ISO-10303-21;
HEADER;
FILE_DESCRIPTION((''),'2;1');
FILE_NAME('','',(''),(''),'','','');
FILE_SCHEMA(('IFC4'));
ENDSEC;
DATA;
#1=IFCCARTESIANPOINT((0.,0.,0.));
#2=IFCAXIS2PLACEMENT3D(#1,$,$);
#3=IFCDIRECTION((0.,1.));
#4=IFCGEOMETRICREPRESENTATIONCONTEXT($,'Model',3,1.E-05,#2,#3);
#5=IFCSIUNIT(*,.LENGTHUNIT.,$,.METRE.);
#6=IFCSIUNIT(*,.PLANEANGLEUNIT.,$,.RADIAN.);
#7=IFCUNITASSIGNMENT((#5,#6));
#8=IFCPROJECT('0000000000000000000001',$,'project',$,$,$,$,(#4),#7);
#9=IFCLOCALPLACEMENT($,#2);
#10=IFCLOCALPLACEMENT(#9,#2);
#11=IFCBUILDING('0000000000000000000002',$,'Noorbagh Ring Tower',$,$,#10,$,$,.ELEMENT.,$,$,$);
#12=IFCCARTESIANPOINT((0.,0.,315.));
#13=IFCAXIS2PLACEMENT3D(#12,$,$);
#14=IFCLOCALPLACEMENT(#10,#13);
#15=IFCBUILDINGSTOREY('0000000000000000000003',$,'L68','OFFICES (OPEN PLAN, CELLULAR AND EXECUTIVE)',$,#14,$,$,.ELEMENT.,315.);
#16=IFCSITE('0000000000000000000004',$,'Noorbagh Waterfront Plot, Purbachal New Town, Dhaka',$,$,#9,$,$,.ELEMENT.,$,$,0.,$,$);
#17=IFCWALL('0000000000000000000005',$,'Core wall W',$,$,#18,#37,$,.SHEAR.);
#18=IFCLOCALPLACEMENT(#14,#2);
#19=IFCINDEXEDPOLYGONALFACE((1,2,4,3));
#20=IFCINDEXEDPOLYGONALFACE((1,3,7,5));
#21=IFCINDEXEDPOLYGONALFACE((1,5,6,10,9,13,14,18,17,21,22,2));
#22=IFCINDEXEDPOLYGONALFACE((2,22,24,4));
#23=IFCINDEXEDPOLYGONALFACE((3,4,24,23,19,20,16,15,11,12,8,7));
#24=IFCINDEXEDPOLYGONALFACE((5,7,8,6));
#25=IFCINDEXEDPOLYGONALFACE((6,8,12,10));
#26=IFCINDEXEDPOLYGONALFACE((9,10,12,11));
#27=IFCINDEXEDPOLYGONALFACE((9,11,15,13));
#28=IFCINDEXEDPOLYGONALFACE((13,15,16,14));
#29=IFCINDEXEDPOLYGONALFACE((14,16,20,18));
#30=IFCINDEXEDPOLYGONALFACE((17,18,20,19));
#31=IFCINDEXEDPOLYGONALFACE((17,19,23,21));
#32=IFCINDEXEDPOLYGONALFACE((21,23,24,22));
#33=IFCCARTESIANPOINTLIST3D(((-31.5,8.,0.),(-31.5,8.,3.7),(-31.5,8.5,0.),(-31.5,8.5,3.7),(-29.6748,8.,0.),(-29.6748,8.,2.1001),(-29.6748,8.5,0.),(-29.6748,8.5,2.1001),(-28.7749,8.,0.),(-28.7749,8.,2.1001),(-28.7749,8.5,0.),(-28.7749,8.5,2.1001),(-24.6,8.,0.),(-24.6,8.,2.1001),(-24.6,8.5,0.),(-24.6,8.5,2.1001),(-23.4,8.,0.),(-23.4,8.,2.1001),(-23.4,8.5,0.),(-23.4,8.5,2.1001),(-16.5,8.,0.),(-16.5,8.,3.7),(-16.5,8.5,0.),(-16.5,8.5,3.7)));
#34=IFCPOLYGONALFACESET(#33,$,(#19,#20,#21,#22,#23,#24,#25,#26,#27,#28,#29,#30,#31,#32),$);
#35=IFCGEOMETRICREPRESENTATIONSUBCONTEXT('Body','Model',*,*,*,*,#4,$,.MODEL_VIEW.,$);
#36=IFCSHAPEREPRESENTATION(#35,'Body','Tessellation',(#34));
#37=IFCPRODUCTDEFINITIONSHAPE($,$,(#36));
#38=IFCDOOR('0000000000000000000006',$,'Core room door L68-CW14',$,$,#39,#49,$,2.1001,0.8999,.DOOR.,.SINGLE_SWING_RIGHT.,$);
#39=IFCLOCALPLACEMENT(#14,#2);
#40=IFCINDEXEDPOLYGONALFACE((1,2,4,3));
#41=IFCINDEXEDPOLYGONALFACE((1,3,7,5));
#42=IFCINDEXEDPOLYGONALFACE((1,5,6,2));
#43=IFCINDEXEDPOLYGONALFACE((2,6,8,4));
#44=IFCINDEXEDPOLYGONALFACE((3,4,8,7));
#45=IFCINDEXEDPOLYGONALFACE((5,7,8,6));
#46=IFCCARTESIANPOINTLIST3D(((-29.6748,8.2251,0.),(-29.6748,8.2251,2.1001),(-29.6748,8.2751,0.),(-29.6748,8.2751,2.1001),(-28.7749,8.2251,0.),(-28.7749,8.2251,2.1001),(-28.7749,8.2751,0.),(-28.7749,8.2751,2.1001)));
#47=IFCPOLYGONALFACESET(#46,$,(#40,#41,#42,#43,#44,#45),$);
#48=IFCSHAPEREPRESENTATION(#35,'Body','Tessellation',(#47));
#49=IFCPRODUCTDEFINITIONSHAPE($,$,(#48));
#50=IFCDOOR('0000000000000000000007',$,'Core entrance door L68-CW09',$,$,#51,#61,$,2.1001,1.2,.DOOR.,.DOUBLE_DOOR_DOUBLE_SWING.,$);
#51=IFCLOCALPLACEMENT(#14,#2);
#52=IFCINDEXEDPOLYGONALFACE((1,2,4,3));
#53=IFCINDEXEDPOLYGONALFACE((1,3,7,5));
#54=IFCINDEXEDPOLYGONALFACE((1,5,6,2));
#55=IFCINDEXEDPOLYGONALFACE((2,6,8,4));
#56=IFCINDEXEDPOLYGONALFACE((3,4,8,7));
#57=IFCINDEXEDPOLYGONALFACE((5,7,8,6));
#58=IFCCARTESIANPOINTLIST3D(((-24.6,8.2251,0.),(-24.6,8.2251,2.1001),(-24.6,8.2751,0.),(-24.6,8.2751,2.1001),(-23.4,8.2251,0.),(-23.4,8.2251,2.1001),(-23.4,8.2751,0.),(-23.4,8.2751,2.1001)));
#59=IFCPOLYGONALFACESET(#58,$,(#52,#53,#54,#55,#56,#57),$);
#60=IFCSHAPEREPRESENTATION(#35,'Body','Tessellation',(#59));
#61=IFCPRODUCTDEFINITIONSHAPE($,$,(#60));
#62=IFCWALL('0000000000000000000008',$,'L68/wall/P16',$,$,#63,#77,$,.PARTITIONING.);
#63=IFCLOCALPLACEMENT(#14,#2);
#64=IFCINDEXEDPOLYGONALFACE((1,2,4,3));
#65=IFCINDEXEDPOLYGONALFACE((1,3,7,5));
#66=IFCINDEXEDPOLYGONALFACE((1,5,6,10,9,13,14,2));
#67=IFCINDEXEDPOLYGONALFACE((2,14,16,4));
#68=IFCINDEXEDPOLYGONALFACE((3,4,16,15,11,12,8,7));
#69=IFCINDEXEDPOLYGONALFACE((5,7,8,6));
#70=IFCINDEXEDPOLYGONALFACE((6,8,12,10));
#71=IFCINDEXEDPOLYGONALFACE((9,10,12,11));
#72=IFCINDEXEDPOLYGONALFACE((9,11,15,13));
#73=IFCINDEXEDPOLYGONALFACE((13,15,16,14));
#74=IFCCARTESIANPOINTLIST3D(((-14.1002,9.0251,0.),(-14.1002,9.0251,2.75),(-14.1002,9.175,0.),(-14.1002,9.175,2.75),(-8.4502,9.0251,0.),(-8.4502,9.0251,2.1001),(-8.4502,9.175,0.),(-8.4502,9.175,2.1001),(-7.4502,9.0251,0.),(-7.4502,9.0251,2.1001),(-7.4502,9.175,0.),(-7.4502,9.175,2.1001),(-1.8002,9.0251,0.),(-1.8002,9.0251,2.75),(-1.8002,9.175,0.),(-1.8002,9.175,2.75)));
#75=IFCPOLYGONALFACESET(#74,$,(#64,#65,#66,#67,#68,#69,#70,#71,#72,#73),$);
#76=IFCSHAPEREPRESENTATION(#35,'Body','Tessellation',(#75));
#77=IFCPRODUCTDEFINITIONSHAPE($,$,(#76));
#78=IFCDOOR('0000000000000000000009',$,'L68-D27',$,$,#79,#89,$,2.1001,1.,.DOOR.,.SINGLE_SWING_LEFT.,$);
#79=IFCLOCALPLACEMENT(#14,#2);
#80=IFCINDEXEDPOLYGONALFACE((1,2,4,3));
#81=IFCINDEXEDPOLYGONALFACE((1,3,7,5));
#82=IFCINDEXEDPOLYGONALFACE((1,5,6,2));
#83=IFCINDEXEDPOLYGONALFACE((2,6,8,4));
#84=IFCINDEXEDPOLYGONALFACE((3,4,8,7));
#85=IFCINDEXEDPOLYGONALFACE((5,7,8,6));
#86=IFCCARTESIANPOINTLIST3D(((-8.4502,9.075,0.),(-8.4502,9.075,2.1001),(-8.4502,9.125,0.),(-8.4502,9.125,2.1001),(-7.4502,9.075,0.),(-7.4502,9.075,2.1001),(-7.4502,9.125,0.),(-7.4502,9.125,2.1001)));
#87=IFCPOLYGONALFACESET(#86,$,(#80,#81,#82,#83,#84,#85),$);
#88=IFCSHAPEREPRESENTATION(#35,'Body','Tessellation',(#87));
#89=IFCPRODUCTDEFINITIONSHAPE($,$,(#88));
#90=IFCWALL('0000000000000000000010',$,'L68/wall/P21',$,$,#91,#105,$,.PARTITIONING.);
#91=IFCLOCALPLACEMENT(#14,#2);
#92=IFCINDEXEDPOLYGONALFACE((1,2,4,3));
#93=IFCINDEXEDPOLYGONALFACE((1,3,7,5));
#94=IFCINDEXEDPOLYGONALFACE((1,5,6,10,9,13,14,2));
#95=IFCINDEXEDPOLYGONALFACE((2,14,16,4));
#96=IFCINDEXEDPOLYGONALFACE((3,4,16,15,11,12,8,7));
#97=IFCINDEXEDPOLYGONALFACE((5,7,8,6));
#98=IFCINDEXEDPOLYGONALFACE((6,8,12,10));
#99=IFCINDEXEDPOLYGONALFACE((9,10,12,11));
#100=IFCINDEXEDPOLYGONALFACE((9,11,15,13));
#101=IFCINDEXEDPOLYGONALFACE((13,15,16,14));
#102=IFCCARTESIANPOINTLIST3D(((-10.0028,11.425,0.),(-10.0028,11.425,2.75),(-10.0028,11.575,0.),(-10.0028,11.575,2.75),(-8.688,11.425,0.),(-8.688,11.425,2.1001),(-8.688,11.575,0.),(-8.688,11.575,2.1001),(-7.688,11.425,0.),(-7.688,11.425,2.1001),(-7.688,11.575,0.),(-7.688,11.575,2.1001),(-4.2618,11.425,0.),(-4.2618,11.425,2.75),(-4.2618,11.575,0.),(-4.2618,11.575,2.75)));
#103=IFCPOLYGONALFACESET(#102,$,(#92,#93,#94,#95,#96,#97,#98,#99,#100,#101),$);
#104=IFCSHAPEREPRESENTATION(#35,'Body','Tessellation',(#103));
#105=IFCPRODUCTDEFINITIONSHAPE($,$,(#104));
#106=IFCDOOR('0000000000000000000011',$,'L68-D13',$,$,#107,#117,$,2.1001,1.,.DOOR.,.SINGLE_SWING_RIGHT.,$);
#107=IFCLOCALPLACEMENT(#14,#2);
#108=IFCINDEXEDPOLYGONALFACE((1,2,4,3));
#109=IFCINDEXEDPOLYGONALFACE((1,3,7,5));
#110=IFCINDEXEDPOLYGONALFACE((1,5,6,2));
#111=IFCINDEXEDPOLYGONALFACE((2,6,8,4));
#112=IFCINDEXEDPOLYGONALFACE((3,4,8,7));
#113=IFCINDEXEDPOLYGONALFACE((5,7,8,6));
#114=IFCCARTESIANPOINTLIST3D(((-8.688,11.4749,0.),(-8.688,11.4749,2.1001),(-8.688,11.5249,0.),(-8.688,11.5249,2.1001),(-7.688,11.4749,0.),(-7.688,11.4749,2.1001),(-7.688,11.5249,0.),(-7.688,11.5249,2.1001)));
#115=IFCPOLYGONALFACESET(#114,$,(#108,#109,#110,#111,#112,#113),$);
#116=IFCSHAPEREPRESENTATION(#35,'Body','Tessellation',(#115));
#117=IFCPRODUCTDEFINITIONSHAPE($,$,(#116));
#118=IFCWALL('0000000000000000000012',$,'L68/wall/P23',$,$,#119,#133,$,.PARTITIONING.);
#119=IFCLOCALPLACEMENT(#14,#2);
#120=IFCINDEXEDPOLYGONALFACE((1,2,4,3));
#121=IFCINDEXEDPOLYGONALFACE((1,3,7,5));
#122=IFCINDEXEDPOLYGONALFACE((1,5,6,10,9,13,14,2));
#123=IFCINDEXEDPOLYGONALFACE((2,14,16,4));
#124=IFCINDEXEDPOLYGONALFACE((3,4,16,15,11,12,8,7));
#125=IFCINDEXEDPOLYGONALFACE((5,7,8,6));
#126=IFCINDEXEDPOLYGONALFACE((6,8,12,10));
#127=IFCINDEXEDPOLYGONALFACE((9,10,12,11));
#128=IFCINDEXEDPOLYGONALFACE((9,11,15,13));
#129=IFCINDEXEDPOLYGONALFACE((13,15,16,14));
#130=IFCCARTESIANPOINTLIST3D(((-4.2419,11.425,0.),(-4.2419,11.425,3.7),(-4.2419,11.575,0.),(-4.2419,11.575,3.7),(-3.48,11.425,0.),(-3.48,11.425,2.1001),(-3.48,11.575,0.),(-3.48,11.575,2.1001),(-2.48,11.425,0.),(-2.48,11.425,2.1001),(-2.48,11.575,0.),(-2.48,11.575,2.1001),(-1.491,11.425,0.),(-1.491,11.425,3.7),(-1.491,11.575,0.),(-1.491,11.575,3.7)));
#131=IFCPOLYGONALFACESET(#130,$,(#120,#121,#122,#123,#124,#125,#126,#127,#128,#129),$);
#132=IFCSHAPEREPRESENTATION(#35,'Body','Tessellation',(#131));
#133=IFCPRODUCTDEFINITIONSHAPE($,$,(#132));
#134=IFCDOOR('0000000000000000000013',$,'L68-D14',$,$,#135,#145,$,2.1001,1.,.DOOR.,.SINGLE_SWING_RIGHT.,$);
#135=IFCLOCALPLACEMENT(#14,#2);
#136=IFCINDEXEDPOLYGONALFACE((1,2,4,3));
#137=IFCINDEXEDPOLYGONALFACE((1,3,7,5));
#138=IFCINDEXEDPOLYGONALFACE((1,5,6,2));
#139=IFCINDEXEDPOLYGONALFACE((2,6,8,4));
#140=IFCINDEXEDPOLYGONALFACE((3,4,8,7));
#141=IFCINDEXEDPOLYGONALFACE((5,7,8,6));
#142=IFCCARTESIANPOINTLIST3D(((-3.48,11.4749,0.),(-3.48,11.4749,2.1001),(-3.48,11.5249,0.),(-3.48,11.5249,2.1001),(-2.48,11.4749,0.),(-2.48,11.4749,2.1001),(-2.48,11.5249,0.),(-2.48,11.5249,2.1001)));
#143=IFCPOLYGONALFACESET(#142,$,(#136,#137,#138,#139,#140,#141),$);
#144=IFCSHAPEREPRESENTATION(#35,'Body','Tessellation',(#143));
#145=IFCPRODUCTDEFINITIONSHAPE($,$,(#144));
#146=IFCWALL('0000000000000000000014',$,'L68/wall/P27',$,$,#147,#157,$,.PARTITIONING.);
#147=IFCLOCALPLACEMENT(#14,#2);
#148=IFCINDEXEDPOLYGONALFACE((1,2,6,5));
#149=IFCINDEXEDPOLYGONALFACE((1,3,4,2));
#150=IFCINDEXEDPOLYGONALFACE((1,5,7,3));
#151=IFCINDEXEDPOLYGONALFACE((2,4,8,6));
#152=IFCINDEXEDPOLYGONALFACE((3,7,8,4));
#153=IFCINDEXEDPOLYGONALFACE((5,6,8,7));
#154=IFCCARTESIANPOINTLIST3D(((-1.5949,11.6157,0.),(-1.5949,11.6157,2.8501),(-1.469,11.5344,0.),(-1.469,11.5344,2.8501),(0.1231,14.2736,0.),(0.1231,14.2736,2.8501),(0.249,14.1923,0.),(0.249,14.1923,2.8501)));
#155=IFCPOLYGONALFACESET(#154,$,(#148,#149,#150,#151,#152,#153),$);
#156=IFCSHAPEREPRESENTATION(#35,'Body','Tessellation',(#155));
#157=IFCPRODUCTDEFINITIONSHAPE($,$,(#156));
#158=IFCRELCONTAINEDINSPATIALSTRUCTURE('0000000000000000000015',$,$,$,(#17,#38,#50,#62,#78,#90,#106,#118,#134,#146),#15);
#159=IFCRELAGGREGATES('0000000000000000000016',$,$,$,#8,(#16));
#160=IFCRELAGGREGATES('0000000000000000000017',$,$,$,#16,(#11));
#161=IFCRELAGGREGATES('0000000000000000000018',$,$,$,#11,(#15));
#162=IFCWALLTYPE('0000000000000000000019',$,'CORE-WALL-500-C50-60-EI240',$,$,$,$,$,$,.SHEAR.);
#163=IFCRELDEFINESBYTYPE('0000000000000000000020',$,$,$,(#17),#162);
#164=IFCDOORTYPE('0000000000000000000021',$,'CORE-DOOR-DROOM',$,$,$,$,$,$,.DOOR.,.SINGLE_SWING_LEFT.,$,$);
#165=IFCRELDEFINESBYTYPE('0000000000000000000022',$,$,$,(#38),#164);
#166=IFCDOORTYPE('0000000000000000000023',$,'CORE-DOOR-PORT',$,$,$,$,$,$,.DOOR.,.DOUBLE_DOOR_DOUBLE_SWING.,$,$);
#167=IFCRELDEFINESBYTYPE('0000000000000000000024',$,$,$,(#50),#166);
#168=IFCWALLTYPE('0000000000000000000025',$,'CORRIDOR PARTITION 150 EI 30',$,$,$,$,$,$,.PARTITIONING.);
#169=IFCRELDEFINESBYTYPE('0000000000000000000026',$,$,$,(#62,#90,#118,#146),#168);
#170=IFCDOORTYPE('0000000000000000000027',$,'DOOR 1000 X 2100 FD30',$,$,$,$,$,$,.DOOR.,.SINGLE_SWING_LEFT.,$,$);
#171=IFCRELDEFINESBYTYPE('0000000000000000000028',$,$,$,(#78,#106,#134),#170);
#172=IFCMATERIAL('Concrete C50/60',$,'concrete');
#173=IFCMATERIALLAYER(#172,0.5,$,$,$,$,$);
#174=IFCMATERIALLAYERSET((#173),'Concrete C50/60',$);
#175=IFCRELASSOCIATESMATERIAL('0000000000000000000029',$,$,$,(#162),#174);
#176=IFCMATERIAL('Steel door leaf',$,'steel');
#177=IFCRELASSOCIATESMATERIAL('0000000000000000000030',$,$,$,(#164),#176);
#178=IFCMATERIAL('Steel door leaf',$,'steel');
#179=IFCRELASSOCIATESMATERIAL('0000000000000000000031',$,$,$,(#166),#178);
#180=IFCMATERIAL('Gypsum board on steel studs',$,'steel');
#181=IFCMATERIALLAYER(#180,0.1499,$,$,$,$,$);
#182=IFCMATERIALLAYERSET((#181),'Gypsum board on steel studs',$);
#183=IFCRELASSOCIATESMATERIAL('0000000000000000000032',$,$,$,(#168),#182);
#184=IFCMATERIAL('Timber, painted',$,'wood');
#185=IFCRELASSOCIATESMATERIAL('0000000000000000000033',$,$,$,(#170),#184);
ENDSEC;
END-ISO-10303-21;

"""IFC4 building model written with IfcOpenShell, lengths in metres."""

from ifc_helpers import new_model, si_unit, direction, frame, frame_2d, origin, place, context, subcontext, project, spatial, rectangle, extrude, material, layer, layer_set, type_object, element, fill, save


model = new_model("IFC4")

# Units and contexts
model_context = context("Model", 3, precision=1e-05, world=origin(), true_north=direction((0.0, 1.0)))
body_context = subcontext(model_context, "Body", "Model", "MODEL_VIEW")
ifc_project = project(units=[si_unit("LENGTHUNIT", "METRE"), si_unit("PLANEANGLEUNIT", "RADIAN")], contexts=[model_context])

# Site, building, storey
site_placement = place(None, origin())
site = spatial("IfcSite", under=ifc_project, at=site_placement, Name="Noorbagh Waterfront Plot, Purbachal New Town, Dhaka", CompositionType="ELEMENT", RefElevation=0.0)
building_placement = place(site_placement, origin())
building = spatial("IfcBuilding", under=site, at=building_placement, Name="Noorbagh Ring Tower", CompositionType="ELEMENT")
storey_placement = place(building_placement, frame((0.0, 0.0, 315.0)))
storey = spatial("IfcBuildingStorey", under=building, at=storey_placement, Name="L68", Description="OFFICES (OPEN PLAN, CELLULAR AND EXECUTIVE)", CompositionType="ELEMENT", Elevation=315.0)

# Wall, openings, doors
ifc_material_1 = material(Name="Concrete C50/60", Category="concrete")
ifc_layer_1 = layer(ifc_material_1, 0.5)
ifc_layer_set_1 = layer_set([ifc_layer_1], Name="Concrete C50/60")
wall_type_1 = type_object("IfcWallType", Name="CORE-WALL-500-C50-60-EI240", PredefinedType="SHEAR", material=ifc_layer_set_1)
wall_1_placement = place(storey_placement, frame((-16.5, 8.25, 0.0), z_axis=(0.0, 0.0, 1.0), x_axis=(-1.0, 0.0, 0.0)))
wall_1 = element("IfcWall", 1, at=wall_1_placement, inside=storey, type_object=wall_type_1, Name="Core wall W", PredefinedType="SHEAR", context=body_context, shape_type="SweptSolid", body=[
    extrude(rectangle(XDim=15.0, YDim=0.5, at=frame_2d((7.5, 0.0))), origin(), (0.0, 0.0, 1.0), 3.7),
])
opening_1_placement = place(wall_1_placement, frame((6.8999, 0.0, 0.0)))
opening_1 = element("IfcOpeningElement", 2, at=opening_1_placement, cuts=wall_1, PredefinedType="OPENING", context=body_context, shape_type="SweptSolid", body=[
    extrude(rectangle(XDim=1.2, YDim=2.1001, at=frame_2d((0.6001, 1.05))), frame((0.0, 0.26, 0.0), z_axis=(0.0, -1.0, 0.0), x_axis=(1.0, 0.0, 0.0)), (0.0, 0.0, 1.0), 0.52),
])
opening_2_placement = place(wall_1_placement, frame((12.2749, 0.0, 0.0)))
opening_2 = element("IfcOpeningElement", 3, at=opening_2_placement, cuts=wall_1, PredefinedType="OPENING", context=body_context, shape_type="SweptSolid", body=[
    extrude(rectangle(XDim=0.8999, YDim=2.1001, at=frame_2d((0.45, 1.05))), frame((0.0, 0.26, 0.0), z_axis=(0.0, -1.0, 0.0), x_axis=(1.0, 0.0, 0.0)), (0.0, 0.0, 1.0), 0.52),
])
ifc_material_2 = material(Name="Steel door leaf", Category="steel")
door_type_1 = type_object("IfcDoorType", Name="CORE-DOOR-DROOM", OperationType="SINGLE_SWING_LEFT", PredefinedType="DOOR", material=ifc_material_2)
door_1_placement = place(opening_2_placement, origin())
door_1 = element("IfcDoor", 4, at=door_1_placement, inside=storey, type_object=door_type_1, Name="Core room door L68-CW14", OperationType="SINGLE_SWING_RIGHT", OverallHeight=2.1001, OverallWidth=0.8999, PredefinedType="DOOR", context=body_context, shape_type="SweptSolid", body=[
    extrude(rectangle(XDim=0.8999, YDim=2.1001, at=frame_2d((0.45, 1.05))), frame((0.0, 0.0249, 0.0), z_axis=(0.0, -1.0, 0.0), x_axis=(1.0, 0.0, 0.0)), (0.0, 0.0, 1.0), 0.05),
])
fill(opening_2, door_1)
ifc_material_3 = material(Name="Steel door leaf", Category="steel")
door_type_2 = type_object("IfcDoorType", Name="CORE-DOOR-PORT", OperationType="DOUBLE_DOOR_DOUBLE_SWING", PredefinedType="DOOR", material=ifc_material_3)
door_2_placement = place(opening_1_placement, origin())
door_2 = element("IfcDoor", 5, at=door_2_placement, inside=storey, type_object=door_type_2, Name="Core entrance door L68-CW09", OperationType="DOUBLE_DOOR_DOUBLE_SWING", OverallHeight=2.1001, OverallWidth=1.2, PredefinedType="DOOR", context=body_context, shape_type="SweptSolid", body=[
    extrude(rectangle(XDim=1.2, YDim=2.1001, at=frame_2d((0.6001, 1.05))), frame((0.0, 0.0249, 0.0), z_axis=(0.0, -1.0, 0.0), x_axis=(1.0, 0.0, 0.0)), (0.0, 0.0, 1.0), 0.05),
])
fill(opening_1, door_2)

# Walls, openings, doors
ifc_material_4 = material(Name="Gypsum board on steel studs", Category="steel")
ifc_layer_2 = layer(ifc_material_4, 0.1499)
ifc_layer_set_2 = layer_set([ifc_layer_2], Name="Gypsum board on steel studs")
wall_type_2 = type_object("IfcWallType", Name="CORRIDOR PARTITION 150 EI 30", PredefinedType="PARTITIONING", material=ifc_layer_set_2)
wall_2_placement = place(storey_placement, frame((-14.1001, 9.1001, 0.0), z_axis=(0.0, 0.0, 1.0), x_axis=(1.0, 0.0, 0.0)))
wall_2 = element("IfcWall", 6, at=wall_2_placement, inside=storey, type_object=wall_type_2, Name="L68/wall/P16", PredefinedType="PARTITIONING", context=body_context, shape_type="SweptSolid", body=[
    extrude(rectangle(XDim=12.3, YDim=0.1499, at=frame_2d((6.1499, 0.0))), origin(), (0.0, 0.0, 1.0), 2.75),
])
opening_3_placement = place(wall_2_placement, frame((5.6499, 0.0, 0.0)))
opening_3 = element("IfcOpeningElement", 7, at=opening_3_placement, cuts=wall_2, PredefinedType="OPENING", context=body_context, shape_type="SweptSolid", body=[
    extrude(rectangle(XDim=1.0, YDim=2.1001, at=frame_2d((0.5, 1.05))), frame((0.0, 0.085, 0.0), z_axis=(0.0, -1.0, 0.0), x_axis=(1.0, 0.0, 0.0)), (0.0, 0.0, 1.0), 0.1699),
])
ifc_material_5 = material(Name="Timber, painted", Category="wood")
door_type_3 = type_object("IfcDoorType", Name="DOOR 1000 X 2100 FD30", OperationType="SINGLE_SWING_LEFT", PredefinedType="DOOR", material=ifc_material_5)
door_3_placement = place(opening_3_placement, origin())
door_3 = element("IfcDoor", 8, at=door_3_placement, inside=storey, type_object=door_type_3, Name="L68-D27", OperationType="SINGLE_SWING_LEFT", OverallHeight=2.1001, OverallWidth=1.0, PredefinedType="DOOR", context=body_context, shape_type="SweptSolid", body=[
    extrude(rectangle(XDim=1.0, YDim=2.1001, at=frame_2d((0.5, 1.05))), frame((0.0, 0.0249, 0.0), z_axis=(0.0, -1.0, 0.0), x_axis=(1.0, 0.0, 0.0)), (0.0, 0.0, 1.0), 0.05),
])
fill(opening_3, door_3)
wall_3_placement = place(storey_placement, frame((-10.0029, 11.5, 0.0), z_axis=(0.0, 0.0, 1.0), x_axis=(1.0, 0.0, 0.0)))
wall_3 = element("IfcWall", 9, at=wall_3_placement, inside=storey, type_object=wall_type_2, Name="L68/wall/P21", PredefinedType="PARTITIONING", context=body_context, shape_type="SweptSolid", body=[
    extrude(rectangle(XDim=5.741, YDim=0.1499, at=frame_2d((2.8706, 0.0))), origin(), (0.0, 0.0, 1.0), 2.75),
])
opening_4_placement = place(wall_3_placement, frame((1.3149, 0.0, 0.0)))
opening_4 = element("IfcOpeningElement", 10, at=opening_4_placement, cuts=wall_3, PredefinedType="OPENING", context=body_context, shape_type="SweptSolid", body=[
    extrude(rectangle(XDim=1.0, YDim=2.1001, at=frame_2d((0.5, 1.05))), frame((0.0, 0.085, 0.0), z_axis=(0.0, -1.0, 0.0), x_axis=(1.0, 0.0, 0.0)), (0.0, 0.0, 1.0), 0.1699),
])
door_4_placement = place(opening_4_placement, origin())
door_4 = element("IfcDoor", 11, at=door_4_placement, inside=storey, type_object=door_type_3, Name="L68-D13", OperationType="SINGLE_SWING_RIGHT", OverallHeight=2.1001, OverallWidth=1.0, PredefinedType="DOOR", context=body_context, shape_type="SweptSolid", body=[
    extrude(rectangle(XDim=1.0, YDim=2.1001, at=frame_2d((0.5, 1.05))), frame((0.0, 0.0249, 0.0), z_axis=(0.0, -1.0, 0.0), x_axis=(1.0, 0.0, 0.0)), (0.0, 0.0, 1.0), 0.05),
])
fill(opening_4, door_4)
wall_4_placement = place(storey_placement, frame((-4.2419, 11.5, 0.0), z_axis=(0.0, 0.0, 1.0), x_axis=(1.0, 0.0, 0.0)))
wall_4 = element("IfcWall", 12, at=wall_4_placement, inside=storey, type_object=wall_type_2, Name="L68/wall/P23", PredefinedType="PARTITIONING", context=body_context, shape_type="SweptSolid", body=[
    extrude(rectangle(XDim=2.751, YDim=0.1499, at=frame_2d((1.3755, 0.0))), origin(), (0.0, 0.0, 1.0), 3.7),
])
opening_5_placement = place(wall_4_placement, frame((0.762, 0.0, 0.0)))
opening_5 = element("IfcOpeningElement", 13, at=opening_5_placement, cuts=wall_4, PredefinedType="OPENING", context=body_context, shape_type="SweptSolid", body=[
    extrude(rectangle(XDim=1.0, YDim=2.1001, at=frame_2d((0.5, 1.05))), frame((0.0, 0.085, 0.0), z_axis=(0.0, -1.0, 0.0), x_axis=(1.0, 0.0, 0.0)), (0.0, 0.0, 1.0), 0.1699),
])
door_5_placement = place(opening_5_placement, origin())
door_5 = element("IfcDoor", 14, at=door_5_placement, inside=storey, type_object=door_type_3, Name="L68-D14", OperationType="SINGLE_SWING_RIGHT", OverallHeight=2.1001, OverallWidth=1.0, PredefinedType="DOOR", context=body_context, shape_type="SweptSolid", body=[
    extrude(rectangle(XDim=1.0, YDim=2.1001, at=frame_2d((0.5, 1.05))), frame((0.0, 0.0249, 0.0), z_axis=(0.0, -1.0, 0.0), x_axis=(1.0, 0.0, 0.0)), (0.0, 0.0, 1.0), 0.05),
])
fill(opening_5, door_5)

# Wall
wall_5_placement = place(storey_placement, frame((-1.532, 11.575, 0.0), z_axis=(0.0, 0.0, 1.0), x_axis=(0.542842, 0.839835, 0.0)))
element("IfcWall", 15, at=wall_5_placement, inside=storey, type_object=wall_type_2, Name="L68/wall/P27", PredefinedType="PARTITIONING", context=body_context, shape_type="SweptSolid", body=[
    extrude(rectangle(XDim=3.1648, YDim=0.1499, at=frame_2d((1.5825, 0.0))), origin(), (0.0, 0.0, 1.0), 2.8501),
])

save(model, "model.ifc")
